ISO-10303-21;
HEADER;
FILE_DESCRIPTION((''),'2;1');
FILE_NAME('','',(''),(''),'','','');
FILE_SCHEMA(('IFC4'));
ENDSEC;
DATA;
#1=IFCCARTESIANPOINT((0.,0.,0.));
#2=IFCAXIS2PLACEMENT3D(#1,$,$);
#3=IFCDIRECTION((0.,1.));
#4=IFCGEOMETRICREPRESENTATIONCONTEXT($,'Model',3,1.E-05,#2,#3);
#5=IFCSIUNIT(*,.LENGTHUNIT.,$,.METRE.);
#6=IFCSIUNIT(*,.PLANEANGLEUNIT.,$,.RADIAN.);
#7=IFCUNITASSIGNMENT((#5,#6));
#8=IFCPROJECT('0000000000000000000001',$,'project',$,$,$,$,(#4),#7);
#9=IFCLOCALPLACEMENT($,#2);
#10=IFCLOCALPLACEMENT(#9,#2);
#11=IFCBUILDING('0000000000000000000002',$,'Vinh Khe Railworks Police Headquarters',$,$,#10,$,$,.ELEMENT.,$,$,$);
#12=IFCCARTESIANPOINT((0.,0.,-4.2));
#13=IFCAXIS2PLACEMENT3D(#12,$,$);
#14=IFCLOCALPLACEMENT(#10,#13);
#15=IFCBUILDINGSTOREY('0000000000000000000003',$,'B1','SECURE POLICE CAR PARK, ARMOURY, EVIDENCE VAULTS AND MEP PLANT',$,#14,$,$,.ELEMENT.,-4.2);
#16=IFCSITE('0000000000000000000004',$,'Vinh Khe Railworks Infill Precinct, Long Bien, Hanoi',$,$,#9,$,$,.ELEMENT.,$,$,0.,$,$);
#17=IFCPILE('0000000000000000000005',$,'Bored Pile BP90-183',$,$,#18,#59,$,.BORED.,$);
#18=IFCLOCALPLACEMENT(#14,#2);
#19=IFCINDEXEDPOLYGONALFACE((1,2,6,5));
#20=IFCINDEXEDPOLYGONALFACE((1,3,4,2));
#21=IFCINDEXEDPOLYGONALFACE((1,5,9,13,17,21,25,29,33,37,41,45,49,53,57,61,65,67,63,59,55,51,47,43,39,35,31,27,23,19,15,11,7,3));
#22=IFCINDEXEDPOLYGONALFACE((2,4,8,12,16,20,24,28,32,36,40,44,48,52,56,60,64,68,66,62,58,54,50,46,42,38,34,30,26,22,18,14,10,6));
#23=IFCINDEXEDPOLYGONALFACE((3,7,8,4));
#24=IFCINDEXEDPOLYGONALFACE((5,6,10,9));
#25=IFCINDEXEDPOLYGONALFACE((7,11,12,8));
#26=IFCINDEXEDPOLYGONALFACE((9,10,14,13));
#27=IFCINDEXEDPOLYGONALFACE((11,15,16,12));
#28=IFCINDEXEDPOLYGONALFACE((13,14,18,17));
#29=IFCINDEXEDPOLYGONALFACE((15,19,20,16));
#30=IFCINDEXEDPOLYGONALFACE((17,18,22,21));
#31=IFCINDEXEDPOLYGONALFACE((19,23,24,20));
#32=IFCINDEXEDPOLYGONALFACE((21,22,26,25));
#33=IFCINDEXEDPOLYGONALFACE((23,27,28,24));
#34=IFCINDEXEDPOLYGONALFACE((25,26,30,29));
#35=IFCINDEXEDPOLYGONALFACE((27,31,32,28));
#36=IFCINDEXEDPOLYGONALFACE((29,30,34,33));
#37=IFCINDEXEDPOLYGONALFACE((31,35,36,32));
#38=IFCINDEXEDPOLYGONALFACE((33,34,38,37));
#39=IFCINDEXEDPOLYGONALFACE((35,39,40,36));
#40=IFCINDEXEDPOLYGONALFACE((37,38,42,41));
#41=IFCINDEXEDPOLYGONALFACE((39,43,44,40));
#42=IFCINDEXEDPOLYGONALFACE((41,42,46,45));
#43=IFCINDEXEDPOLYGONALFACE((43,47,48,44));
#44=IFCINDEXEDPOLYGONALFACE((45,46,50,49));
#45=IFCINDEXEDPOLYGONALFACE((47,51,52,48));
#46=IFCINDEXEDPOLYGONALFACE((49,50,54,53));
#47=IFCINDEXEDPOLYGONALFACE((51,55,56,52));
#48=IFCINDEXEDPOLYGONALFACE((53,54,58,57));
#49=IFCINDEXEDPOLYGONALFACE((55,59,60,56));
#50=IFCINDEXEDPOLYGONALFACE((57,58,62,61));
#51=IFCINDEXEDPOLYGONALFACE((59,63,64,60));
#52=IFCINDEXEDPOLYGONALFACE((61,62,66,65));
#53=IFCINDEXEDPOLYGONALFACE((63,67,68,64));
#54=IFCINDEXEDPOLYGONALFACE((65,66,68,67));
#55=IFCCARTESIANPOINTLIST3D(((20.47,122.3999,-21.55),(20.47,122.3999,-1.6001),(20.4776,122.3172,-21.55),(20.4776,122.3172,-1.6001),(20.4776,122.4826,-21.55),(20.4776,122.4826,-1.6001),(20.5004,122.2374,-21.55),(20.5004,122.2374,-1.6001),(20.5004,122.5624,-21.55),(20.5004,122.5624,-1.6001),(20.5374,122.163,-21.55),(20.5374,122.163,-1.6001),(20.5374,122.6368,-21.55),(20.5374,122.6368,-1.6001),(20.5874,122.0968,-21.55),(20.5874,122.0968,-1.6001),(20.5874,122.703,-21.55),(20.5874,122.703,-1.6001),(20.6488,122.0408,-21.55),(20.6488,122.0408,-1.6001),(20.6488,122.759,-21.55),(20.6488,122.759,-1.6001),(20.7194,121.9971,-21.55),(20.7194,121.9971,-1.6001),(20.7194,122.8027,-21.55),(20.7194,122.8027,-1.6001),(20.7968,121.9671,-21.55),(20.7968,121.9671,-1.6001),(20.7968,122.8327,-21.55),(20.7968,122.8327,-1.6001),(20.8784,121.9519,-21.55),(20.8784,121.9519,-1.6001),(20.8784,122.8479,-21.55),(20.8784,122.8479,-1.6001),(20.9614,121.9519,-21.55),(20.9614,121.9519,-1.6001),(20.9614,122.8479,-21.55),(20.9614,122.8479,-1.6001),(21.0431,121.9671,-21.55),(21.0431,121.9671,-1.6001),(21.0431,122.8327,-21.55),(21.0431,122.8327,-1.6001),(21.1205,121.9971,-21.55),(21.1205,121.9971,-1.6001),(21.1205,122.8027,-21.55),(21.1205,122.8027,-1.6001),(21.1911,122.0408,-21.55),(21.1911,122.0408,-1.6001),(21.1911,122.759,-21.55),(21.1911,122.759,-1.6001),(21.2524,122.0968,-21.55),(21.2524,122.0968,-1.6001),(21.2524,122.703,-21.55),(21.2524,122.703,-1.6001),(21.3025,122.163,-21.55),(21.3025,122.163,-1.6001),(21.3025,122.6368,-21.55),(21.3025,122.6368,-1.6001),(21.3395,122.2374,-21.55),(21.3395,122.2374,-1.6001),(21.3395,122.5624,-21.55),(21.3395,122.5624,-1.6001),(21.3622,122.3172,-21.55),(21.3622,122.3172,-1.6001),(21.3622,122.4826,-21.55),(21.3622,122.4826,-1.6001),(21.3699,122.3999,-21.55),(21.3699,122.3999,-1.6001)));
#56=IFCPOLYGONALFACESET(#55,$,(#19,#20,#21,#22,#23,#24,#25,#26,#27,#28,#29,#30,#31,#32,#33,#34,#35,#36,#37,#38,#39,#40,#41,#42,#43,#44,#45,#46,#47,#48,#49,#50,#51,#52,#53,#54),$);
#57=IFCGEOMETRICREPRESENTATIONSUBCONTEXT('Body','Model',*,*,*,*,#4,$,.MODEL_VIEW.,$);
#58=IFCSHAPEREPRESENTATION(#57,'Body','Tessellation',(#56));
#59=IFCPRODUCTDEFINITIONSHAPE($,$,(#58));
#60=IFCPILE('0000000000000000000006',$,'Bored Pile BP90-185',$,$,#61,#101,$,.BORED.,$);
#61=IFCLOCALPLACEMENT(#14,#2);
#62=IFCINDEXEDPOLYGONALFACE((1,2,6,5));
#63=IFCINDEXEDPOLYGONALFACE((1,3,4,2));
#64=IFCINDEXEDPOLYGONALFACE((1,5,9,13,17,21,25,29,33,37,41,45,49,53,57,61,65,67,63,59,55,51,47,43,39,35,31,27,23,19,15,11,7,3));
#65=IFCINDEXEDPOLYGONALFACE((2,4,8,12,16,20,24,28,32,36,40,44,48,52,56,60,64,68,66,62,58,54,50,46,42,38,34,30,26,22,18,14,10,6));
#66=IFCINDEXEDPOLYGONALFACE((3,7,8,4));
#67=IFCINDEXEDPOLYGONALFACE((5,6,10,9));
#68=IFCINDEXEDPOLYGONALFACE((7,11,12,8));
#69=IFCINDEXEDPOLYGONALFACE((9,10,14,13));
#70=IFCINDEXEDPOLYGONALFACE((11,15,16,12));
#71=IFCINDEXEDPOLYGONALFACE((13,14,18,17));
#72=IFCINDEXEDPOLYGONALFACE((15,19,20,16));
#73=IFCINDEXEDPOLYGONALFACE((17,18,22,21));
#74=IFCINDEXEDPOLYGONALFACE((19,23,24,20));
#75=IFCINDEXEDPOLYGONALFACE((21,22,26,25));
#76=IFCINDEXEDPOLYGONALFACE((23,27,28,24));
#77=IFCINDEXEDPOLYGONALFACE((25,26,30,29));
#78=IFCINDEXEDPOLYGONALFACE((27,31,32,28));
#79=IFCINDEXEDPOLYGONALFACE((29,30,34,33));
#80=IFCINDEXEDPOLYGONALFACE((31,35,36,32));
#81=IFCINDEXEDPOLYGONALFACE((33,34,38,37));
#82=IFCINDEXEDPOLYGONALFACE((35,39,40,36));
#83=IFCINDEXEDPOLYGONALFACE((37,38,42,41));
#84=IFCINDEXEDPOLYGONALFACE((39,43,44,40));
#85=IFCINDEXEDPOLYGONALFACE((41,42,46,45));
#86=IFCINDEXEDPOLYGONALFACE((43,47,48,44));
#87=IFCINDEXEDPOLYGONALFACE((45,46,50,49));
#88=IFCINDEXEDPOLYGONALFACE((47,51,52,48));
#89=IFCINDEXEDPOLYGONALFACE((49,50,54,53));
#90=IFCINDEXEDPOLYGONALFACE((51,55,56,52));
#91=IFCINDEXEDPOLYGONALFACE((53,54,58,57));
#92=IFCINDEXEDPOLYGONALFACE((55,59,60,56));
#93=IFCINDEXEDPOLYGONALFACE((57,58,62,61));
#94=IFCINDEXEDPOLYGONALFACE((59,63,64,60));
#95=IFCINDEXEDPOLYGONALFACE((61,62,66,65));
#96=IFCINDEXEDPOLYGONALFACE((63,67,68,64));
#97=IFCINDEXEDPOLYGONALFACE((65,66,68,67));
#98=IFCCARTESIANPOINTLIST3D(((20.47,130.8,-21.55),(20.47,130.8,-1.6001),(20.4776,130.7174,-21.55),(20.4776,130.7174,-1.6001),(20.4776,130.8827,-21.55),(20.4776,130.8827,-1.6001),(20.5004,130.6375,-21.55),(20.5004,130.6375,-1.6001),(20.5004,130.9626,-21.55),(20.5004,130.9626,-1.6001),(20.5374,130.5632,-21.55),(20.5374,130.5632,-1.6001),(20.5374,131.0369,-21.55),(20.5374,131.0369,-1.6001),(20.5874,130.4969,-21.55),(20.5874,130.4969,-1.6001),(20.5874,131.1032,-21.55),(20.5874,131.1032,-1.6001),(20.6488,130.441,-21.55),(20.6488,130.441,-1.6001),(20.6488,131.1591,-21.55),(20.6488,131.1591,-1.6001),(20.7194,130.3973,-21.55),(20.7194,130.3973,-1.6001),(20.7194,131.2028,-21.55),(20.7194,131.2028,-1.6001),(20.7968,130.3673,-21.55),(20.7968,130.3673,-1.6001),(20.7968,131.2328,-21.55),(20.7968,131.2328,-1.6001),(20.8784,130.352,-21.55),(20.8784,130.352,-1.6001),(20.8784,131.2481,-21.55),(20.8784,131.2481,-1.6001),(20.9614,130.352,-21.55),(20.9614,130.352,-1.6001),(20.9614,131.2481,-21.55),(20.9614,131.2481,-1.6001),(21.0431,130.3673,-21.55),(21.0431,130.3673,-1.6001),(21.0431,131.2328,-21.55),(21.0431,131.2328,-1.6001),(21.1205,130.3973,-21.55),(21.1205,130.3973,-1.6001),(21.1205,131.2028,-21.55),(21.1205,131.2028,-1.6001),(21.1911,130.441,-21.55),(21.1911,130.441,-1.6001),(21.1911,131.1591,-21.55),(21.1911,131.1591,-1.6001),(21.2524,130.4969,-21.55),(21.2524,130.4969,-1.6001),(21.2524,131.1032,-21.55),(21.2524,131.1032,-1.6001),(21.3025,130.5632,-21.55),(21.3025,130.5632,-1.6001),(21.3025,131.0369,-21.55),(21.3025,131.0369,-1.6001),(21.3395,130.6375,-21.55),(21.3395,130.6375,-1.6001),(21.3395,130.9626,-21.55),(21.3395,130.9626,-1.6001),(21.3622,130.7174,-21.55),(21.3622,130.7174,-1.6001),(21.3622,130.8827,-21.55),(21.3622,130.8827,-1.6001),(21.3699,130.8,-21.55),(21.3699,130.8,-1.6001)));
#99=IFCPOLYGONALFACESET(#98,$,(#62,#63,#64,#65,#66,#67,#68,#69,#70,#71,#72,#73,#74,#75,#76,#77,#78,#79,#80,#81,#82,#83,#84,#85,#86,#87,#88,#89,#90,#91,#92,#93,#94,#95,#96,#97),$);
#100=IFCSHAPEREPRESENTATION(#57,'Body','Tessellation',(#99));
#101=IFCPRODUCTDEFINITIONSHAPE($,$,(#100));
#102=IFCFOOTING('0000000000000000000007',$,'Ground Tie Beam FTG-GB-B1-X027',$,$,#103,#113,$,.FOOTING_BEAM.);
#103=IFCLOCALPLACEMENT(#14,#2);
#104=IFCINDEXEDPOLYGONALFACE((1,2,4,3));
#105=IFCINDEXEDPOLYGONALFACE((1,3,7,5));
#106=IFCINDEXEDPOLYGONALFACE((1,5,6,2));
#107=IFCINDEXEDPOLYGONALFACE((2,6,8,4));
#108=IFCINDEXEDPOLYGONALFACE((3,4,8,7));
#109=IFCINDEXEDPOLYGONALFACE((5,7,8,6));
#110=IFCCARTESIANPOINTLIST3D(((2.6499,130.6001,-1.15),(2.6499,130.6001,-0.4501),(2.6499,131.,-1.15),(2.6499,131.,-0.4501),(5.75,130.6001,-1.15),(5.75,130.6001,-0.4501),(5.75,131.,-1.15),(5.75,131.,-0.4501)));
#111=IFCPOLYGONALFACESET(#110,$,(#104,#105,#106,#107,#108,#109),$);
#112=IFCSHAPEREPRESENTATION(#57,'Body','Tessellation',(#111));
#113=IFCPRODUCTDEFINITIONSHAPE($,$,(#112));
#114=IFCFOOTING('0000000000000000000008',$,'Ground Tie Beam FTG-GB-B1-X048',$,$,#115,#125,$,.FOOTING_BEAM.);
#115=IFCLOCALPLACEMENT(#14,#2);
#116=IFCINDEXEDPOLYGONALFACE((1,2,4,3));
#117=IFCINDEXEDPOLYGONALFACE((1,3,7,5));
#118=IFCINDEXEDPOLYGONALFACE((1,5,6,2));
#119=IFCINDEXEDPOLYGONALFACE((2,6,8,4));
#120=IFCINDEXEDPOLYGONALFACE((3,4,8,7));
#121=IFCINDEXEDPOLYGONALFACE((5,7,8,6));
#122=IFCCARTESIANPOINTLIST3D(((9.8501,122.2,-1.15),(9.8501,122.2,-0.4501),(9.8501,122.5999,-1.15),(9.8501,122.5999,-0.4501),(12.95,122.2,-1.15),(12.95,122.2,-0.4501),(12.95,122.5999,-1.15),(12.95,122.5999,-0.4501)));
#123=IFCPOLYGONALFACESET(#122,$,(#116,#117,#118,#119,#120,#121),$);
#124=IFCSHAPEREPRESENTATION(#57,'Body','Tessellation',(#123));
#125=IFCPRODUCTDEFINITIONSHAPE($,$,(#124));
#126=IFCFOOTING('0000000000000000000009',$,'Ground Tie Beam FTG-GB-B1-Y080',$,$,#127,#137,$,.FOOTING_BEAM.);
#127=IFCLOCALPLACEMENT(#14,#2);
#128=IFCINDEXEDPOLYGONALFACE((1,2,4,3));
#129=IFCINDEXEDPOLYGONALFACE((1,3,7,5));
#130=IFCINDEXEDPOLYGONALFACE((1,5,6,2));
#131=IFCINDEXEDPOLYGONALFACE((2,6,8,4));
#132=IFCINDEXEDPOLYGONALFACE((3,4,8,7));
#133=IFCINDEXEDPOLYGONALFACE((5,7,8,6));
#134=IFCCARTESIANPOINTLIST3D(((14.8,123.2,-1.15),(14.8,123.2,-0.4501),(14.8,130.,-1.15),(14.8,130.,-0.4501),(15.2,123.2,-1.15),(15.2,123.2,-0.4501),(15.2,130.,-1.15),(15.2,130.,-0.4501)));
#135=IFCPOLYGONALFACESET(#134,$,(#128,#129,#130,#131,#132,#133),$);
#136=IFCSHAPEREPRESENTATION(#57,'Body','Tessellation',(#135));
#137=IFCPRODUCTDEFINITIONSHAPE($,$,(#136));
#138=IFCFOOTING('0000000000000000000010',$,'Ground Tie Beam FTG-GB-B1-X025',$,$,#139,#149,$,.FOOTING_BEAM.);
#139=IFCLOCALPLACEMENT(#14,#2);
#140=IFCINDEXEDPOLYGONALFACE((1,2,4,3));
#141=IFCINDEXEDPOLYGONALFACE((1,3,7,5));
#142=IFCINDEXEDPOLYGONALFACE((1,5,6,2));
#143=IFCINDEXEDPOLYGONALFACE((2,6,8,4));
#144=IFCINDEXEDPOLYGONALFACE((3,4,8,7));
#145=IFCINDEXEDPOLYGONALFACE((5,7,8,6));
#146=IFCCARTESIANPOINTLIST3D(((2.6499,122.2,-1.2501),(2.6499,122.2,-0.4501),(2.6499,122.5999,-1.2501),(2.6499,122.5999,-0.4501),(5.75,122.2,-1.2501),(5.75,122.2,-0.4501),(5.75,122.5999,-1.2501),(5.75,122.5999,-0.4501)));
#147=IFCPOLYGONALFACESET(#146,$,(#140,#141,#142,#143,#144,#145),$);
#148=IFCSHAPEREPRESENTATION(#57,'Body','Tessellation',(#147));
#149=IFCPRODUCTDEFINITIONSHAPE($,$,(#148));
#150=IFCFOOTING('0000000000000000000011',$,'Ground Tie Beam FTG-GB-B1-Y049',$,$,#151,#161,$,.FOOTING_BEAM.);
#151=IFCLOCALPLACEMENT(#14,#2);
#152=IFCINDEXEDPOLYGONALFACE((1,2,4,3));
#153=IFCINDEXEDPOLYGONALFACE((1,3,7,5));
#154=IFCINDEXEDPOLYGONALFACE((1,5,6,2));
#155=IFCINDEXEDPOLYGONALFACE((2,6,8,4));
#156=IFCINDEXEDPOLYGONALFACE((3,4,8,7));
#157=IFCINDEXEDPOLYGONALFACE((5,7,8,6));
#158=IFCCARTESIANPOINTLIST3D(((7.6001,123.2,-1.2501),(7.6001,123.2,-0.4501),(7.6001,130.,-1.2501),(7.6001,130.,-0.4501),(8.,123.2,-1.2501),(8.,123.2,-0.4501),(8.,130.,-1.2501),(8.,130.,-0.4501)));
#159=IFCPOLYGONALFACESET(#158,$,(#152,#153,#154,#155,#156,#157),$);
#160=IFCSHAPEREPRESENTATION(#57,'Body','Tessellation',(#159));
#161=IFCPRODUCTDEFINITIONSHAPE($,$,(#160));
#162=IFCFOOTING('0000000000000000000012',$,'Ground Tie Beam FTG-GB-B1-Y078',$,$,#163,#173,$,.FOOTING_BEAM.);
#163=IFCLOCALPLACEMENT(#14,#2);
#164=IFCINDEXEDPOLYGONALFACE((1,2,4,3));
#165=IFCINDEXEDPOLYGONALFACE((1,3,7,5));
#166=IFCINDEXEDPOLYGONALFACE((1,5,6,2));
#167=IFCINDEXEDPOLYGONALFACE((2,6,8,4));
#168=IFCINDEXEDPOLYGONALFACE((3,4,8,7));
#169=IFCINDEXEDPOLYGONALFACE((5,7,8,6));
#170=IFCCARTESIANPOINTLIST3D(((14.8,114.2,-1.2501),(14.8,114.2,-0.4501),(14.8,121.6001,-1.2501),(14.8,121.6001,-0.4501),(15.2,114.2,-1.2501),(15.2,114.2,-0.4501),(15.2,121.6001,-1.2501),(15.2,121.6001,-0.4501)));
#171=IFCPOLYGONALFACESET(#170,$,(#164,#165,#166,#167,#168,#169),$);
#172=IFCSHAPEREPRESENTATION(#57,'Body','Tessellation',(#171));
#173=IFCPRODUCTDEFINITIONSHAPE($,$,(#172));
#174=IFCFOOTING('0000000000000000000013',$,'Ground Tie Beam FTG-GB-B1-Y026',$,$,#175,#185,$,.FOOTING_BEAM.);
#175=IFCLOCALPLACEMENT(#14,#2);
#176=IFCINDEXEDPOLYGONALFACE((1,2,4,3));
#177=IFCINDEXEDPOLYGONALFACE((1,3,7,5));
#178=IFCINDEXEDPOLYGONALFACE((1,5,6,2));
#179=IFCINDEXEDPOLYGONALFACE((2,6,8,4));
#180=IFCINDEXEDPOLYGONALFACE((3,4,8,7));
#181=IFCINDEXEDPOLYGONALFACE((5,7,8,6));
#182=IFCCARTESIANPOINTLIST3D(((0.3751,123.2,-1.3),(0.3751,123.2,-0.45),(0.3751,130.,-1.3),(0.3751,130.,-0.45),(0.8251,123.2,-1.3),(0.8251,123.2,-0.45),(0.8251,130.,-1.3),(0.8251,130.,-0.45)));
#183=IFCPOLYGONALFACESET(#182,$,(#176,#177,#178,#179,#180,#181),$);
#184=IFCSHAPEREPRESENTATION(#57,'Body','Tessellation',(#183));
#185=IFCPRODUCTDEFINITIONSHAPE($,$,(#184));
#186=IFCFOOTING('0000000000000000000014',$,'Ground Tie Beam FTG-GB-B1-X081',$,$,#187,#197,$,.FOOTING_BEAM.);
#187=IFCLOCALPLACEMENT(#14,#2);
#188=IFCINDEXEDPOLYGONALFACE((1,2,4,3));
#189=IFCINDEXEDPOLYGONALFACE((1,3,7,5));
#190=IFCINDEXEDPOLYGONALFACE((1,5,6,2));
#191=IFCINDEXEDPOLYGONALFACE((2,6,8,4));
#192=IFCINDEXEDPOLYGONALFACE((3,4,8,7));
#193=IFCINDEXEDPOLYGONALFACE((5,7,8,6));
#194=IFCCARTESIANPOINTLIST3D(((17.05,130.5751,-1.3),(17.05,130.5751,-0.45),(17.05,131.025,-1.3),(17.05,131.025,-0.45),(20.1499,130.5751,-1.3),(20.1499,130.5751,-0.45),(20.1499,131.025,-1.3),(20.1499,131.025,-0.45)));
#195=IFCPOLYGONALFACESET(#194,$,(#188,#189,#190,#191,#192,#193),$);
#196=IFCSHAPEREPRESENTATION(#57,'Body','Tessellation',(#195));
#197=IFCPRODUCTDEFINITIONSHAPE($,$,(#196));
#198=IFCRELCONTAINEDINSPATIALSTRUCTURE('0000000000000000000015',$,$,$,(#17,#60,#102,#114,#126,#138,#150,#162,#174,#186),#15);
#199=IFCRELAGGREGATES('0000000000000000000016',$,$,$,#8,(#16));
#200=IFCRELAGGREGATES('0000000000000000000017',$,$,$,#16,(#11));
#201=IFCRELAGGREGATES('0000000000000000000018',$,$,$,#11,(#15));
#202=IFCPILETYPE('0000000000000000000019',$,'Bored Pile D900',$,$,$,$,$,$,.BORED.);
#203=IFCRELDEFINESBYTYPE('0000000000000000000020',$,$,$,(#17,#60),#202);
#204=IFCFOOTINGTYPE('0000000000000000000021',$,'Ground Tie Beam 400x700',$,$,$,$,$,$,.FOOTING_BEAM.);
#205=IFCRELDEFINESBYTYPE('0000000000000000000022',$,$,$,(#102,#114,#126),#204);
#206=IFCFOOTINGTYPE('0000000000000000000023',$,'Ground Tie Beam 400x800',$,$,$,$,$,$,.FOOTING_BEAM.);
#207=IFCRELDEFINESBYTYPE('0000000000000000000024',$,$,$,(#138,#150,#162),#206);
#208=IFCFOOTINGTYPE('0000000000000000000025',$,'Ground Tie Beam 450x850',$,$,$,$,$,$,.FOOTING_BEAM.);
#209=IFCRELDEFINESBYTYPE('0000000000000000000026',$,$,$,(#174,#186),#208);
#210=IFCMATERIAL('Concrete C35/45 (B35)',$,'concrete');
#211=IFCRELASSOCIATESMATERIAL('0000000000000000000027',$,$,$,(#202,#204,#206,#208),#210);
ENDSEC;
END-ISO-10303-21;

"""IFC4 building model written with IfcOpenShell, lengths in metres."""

from ifc_helpers import new_model, si_unit, direction, frame, origin, origin_2d, place, context, subcontext, project, spatial, rectangle, circle, extrude, material, material_profile, profile_set, type_object, element, save


model = new_model("IFC4")

# Units and contexts
model_context = context("Model", 3, precision=1e-05, world=origin(), true_north=direction((0.0, 1.0)))
body_context = subcontext(model_context, "Body", "Model", "MODEL_VIEW")
ifc_project = project(units=[si_unit("LENGTHUNIT", "METRE"), si_unit("PLANEANGLEUNIT", "RADIAN")], contexts=[model_context])

# Site, building, storey
site_placement = place(None, origin())
site = spatial("IfcSite", under=ifc_project, at=site_placement, Name="Vinh Khe Railworks Infill Precinct, Long Bien, Hanoi", CompositionType="ELEMENT", RefElevation=0.0)
building_placement = place(site_placement, origin())
building = spatial("IfcBuilding", under=site, at=building_placement, Name="Vinh Khe Railworks Police Headquarters", CompositionType="ELEMENT")
storey_placement = place(building_placement, frame((0.0, 0.0, -4.2)))
storey = spatial("IfcBuildingStorey", under=building, at=storey_placement, Name="B1", Description="SECURE POLICE CAR PARK, ARMOURY, EVIDENCE VAULTS AND MEP PLANT", CompositionType="ELEMENT", Elevation=-4.2)

# Piles
ifc_material_1 = material(Name="Concrete C35/45 (B35)", Category="concrete")
ifc_material_profile_1 = material_profile(ifc_material_1, circle(Radius=0.45, at=origin_2d()), Name="BORED PILE D900")
ifc_profile_set_1 = profile_set([ifc_material_profile_1], Name="Concrete C35/45 (B35)")
pile_type = type_object("IfcPileType", Name="Bored Pile D900", PredefinedType="BORED", material=ifc_profile_set_1)
for number, where, z_axis, x_axis, name in (
    (1, (20.9199, 122.3999, -1.6001), (0.0, 0.0, -1.0), (1.0, 0.0, 0.0), "Bored Pile BP90-183"),
    (2, (20.9199, 130.8, -1.6001), (0.0, 0.0, -1.0), (1.0, 0.0, 0.0), "Bored Pile BP90-185"),
):
    element("IfcPile", number, at=place(storey_placement, frame(where, z_axis=z_axis, x_axis=x_axis)), inside=storey, type_object=pile_type, Name=name, PredefinedType="BORED", context=body_context, shape_type="SweptSolid", body=[
        extrude(circle(Radius=0.45, at=origin_2d()), origin(), (0.0, 0.0, 1.0), 19.95),
    ])

# Footings
ifc_material_profile_2 = material_profile(ifc_material_1, rectangle(XDim=0.3999, YDim=0.7, at=origin_2d()), Name="RC 400x700")
ifc_profile_set_2 = profile_set([ifc_material_profile_2], Name="Concrete C35/45 (B35)")
footing_type_1 = type_object("IfcFootingType", Name="Ground Tie Beam 400x700", PredefinedType="FOOTING_BEAM", material=ifc_profile_set_2)
footing_1_placement = place(storey_placement, frame((2.6499, 130.8, -0.8), z_axis=(1.0, 0.0, 0.0), x_axis=(0.0, 1.0, 0.0)))
element("IfcFooting", 3, at=footing_1_placement, inside=storey, type_object=footing_type_1, Name="Ground Tie Beam FTG-GB-B1-X027", PredefinedType="FOOTING_BEAM", context=body_context, shape_type="SweptSolid", body=[
    extrude(rectangle(XDim=0.3999, YDim=0.7, at=origin_2d()), origin(), (0.0, 0.0, 1.0), 3.1001),
])
footing_2_placement = place(storey_placement, frame((9.8501, 122.3999, -0.8), z_axis=(1.0, 0.0, 0.0), x_axis=(0.0, 1.0, 0.0)))
element("IfcFooting", 4, at=footing_2_placement, inside=storey, type_object=footing_type_1, Name="Ground Tie Beam FTG-GB-B1-X048", PredefinedType="FOOTING_BEAM", context=body_context, shape_type="SweptSolid", body=[
    extrude(rectangle(XDim=0.3999, YDim=0.7, at=origin_2d()), origin(), (0.0, 0.0, 1.0), 3.0999),
])
footing_3_placement = place(storey_placement, frame((15.0, 123.2, -0.8), z_axis=(0.0, 1.0, 0.0), x_axis=(-1.0, 0.0, 0.0)))
element("IfcFooting", 5, at=footing_3_placement, inside=storey, type_object=footing_type_1, Name="Ground Tie Beam FTG-GB-B1-Y080", PredefinedType="FOOTING_BEAM", context=body_context, shape_type="SweptSolid", body=[
    extrude(rectangle(XDim=0.3999, YDim=0.7, at=origin_2d()), origin(), (0.0, 0.0, 1.0), 6.8),
])
ifc_material_profile_3 = material_profile(ifc_material_1, rectangle(XDim=0.3999, YDim=0.8, at=origin_2d()), Name="RC 400x800")
ifc_profile_set_3 = profile_set([ifc_material_profile_3], Name="Concrete C35/45 (B35)")
footing_type_2 = type_object("IfcFootingType", Name="Ground Tie Beam 400x800", PredefinedType="FOOTING_BEAM", material=ifc_profile_set_3)
footing_4_placement = place(storey_placement, frame((2.6499, 122.3999, -0.8501), z_axis=(1.0, 0.0, 0.0), x_axis=(0.0, 1.0, 0.0)))
element("IfcFooting", 6, at=footing_4_placement, inside=storey, type_object=footing_type_2, Name="Ground Tie Beam FTG-GB-B1-X025", PredefinedType="FOOTING_BEAM", context=body_context, shape_type="SweptSolid", body=[
    extrude(rectangle(XDim=0.3999, YDim=0.8, at=origin_2d()), origin(), (0.0, 0.0, 1.0), 3.1001),
])
footing_5_placement = place(storey_placement, frame((7.8, 123.2, -0.8501), z_axis=(0.0, 1.0, 0.0), x_axis=(-1.0, 0.0, 0.0)))
element("IfcFooting", 7, at=footing_5_placement, inside=storey, type_object=footing_type_2, Name="Ground Tie Beam FTG-GB-B1-Y049", PredefinedType="FOOTING_BEAM", context=body_context, shape_type="SweptSolid", body=[
    extrude(rectangle(XDim=0.3999, YDim=0.8, at=origin_2d()), origin(), (0.0, 0.0, 1.0), 6.8),
])
footing_6_placement = place(storey_placement, frame((15.0, 114.2, -0.8501), z_axis=(0.0, 1.0, 0.0), x_axis=(-1.0, 0.0, 0.0)))
element("IfcFooting", 8, at=footing_6_placement, inside=storey, type_object=footing_type_2, Name="Ground Tie Beam FTG-GB-B1-Y078", PredefinedType="FOOTING_BEAM", context=body_context, shape_type="SweptSolid", body=[
    extrude(rectangle(XDim=0.3999, YDim=0.8, at=origin_2d()), origin(), (0.0, 0.0, 1.0), 7.4001),
])
ifc_material_profile_4 = material_profile(ifc_material_1, rectangle(XDim=0.45, YDim=0.8501, at=origin_2d()), Name="RC 450x850")
ifc_profile_set_4 = profile_set([ifc_material_profile_4], Name="Concrete C35/45 (B35)")
footing_type_3 = type_object("IfcFootingType", Name="Ground Tie Beam 450x850", PredefinedType="FOOTING_BEAM", material=ifc_profile_set_4)
footing_7_placement = place(storey_placement, frame((0.6001, 123.2, -0.875), z_axis=(0.0, 1.0, 0.0), x_axis=(-1.0, 0.0, 0.0)))
element("IfcFooting", 9, at=footing_7_placement, inside=storey, type_object=footing_type_3, Name="Ground Tie Beam FTG-GB-B1-Y026", PredefinedType="FOOTING_BEAM", context=body_context, shape_type="SweptSolid", body=[
    extrude(rectangle(XDim=0.45, YDim=0.8501, at=origin_2d()), origin(), (0.0, 0.0, 1.0), 6.8),
])
footing_8_placement = place(storey_placement, frame((17.05, 130.8, -0.875), z_axis=(1.0, 0.0, 0.0), x_axis=(0.0, 1.0, 0.0)))
element("IfcFooting", 10, at=footing_8_placement, inside=storey, type_object=footing_type_3, Name="Ground Tie Beam FTG-GB-B1-X081", PredefinedType="FOOTING_BEAM", context=body_context, shape_type="SweptSolid", body=[
    extrude(rectangle(XDim=0.45, YDim=0.8501, at=origin_2d()), origin(), (0.0, 0.0, 1.0), 3.0999),
])

save(model, "model.ifc")
